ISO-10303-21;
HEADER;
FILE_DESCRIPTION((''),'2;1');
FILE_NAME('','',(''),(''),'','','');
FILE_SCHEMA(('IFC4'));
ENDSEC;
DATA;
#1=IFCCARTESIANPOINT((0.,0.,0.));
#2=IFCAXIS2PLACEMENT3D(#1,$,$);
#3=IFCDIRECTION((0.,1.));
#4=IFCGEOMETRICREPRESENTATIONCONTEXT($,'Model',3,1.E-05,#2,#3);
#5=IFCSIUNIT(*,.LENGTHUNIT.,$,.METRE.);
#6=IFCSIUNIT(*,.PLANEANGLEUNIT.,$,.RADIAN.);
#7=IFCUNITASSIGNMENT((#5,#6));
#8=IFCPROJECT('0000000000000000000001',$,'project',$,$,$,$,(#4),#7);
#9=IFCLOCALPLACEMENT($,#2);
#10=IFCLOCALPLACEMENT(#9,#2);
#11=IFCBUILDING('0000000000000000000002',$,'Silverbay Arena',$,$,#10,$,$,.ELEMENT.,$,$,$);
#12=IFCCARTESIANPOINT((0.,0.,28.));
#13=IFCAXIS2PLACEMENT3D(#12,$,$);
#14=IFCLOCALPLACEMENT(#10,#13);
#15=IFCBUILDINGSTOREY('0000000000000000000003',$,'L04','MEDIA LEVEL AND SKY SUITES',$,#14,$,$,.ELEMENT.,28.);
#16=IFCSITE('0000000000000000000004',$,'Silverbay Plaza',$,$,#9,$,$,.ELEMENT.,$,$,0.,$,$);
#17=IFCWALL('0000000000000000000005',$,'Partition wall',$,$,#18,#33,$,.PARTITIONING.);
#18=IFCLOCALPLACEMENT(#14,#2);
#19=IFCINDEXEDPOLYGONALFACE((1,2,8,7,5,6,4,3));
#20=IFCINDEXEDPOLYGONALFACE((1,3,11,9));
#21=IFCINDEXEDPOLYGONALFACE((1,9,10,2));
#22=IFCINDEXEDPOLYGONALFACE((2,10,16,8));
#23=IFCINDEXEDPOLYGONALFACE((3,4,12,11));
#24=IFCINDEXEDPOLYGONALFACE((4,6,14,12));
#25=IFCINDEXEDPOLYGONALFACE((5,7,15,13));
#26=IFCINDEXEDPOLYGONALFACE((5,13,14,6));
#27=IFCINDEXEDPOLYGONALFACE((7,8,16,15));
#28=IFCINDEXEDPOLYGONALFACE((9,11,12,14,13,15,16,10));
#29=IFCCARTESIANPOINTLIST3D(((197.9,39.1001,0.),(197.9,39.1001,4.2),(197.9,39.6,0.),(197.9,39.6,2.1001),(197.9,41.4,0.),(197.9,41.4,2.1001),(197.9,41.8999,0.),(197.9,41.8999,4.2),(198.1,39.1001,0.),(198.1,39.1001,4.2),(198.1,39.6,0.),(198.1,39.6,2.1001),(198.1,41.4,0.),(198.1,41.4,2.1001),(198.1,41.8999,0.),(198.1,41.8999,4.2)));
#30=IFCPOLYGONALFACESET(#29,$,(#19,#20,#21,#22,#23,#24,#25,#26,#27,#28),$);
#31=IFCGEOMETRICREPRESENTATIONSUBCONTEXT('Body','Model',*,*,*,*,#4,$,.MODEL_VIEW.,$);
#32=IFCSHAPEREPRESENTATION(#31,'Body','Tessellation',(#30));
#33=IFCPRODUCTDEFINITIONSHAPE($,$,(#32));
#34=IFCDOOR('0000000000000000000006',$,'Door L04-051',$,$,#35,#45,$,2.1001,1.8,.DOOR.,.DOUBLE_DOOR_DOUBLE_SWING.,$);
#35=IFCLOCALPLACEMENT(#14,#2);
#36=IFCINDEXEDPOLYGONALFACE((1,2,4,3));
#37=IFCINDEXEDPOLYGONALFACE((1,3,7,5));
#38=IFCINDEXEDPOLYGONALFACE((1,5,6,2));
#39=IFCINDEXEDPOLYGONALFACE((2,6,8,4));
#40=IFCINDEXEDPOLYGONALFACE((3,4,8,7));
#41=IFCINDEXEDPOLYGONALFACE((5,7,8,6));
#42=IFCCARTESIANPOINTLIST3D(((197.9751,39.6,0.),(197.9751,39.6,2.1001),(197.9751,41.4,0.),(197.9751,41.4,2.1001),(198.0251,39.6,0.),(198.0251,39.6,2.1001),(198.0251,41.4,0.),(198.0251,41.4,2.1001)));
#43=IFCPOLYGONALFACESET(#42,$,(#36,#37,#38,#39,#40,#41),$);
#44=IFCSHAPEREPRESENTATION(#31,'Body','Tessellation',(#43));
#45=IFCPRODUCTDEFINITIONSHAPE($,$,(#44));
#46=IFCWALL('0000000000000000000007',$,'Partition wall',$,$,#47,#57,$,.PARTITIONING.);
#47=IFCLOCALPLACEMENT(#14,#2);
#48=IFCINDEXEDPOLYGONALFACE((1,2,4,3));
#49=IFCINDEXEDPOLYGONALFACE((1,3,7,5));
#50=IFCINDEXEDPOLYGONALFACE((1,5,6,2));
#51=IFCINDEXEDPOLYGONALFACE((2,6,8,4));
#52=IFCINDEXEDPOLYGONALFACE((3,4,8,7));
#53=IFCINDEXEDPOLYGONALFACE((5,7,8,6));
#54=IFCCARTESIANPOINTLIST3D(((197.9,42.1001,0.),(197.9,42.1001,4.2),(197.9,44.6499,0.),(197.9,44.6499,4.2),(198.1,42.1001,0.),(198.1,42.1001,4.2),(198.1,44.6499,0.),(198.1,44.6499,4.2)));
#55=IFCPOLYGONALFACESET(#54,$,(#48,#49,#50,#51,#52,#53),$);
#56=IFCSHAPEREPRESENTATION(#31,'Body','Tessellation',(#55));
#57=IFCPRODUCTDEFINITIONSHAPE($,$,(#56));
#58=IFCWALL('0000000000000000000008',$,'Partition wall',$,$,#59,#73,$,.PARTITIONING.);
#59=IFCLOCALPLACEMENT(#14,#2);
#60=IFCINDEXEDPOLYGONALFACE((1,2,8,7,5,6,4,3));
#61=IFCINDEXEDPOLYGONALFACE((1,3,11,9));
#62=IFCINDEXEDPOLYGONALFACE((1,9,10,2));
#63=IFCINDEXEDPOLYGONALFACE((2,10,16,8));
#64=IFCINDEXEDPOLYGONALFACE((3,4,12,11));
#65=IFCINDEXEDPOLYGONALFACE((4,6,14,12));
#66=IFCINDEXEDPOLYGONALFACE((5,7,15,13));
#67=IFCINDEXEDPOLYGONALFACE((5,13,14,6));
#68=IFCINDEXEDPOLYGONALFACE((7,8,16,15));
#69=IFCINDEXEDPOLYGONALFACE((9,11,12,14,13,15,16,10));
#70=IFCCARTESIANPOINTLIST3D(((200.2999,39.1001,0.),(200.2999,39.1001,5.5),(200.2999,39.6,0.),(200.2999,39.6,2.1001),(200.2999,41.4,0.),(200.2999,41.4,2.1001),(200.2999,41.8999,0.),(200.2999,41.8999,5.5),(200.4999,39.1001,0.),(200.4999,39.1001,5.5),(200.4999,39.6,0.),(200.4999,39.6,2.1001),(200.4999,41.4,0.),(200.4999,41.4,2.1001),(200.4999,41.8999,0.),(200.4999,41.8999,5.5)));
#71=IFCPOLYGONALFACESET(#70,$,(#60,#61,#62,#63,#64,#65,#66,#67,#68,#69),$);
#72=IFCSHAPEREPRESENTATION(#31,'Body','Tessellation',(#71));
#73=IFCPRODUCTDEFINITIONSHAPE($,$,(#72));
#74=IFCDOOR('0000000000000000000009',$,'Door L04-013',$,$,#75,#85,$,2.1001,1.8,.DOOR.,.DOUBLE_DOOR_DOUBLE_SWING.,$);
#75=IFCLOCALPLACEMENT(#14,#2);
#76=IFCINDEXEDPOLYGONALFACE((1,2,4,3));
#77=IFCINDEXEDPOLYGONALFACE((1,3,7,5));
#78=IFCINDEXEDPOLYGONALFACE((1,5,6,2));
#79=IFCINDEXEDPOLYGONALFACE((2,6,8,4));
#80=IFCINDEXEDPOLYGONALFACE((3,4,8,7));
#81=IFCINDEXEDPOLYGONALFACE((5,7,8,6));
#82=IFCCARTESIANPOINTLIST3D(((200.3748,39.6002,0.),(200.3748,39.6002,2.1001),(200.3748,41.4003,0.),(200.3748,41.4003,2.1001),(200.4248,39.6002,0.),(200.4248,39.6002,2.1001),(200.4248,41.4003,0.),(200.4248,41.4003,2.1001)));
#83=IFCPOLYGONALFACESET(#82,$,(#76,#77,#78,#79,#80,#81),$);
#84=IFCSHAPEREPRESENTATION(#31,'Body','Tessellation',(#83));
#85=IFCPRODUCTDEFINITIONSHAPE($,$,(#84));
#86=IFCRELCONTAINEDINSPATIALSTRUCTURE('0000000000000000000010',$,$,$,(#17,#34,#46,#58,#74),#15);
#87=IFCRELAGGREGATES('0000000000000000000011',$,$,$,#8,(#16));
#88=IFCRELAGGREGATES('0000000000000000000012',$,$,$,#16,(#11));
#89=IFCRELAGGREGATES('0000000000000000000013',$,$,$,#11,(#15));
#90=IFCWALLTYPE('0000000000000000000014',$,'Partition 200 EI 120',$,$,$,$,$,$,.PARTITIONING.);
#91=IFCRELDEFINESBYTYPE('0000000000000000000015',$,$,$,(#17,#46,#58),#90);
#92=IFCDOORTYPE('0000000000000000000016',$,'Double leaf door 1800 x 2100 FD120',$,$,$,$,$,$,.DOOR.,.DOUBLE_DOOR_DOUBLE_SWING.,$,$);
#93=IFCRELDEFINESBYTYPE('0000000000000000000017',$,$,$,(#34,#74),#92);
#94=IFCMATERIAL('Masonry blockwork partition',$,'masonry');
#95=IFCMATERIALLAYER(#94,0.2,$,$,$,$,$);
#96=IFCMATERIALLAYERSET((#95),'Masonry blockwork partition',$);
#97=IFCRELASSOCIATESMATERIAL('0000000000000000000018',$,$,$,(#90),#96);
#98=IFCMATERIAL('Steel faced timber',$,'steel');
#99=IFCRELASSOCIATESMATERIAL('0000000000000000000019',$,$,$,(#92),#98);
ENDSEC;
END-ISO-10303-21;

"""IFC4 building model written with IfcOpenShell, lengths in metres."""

from ifc_helpers import new_model, si_unit, direction, frame, frame_2d, origin, place, context, subcontext, project, spatial, rectangle, extrude, material, layer, layer_set, type_object, element, fill, save


model = new_model("IFC4")

# Units and contexts
model_context = context("Model", 3, precision=1e-05, world=origin(), true_north=direction((0.0, 1.0)))
body_context = subcontext(model_context, "Body", "Model", "MODEL_VIEW")
ifc_project = project(units=[si_unit("LENGTHUNIT", "METRE"), si_unit("PLANEANGLEUNIT", "RADIAN")], contexts=[model_context])

# Site, building, storey
site_placement = place(None, origin())
site = spatial("IfcSite", under=ifc_project, at=site_placement, Name="Silverbay Plaza", CompositionType="ELEMENT", RefElevation=0.0)
building_placement = place(site_placement, origin())
building = spatial("IfcBuilding", under=site, at=building_placement, Name="Silverbay Arena", CompositionType="ELEMENT")
storey_placement = place(building_placement, frame((0.0, 0.0, 28.0)))
storey = spatial("IfcBuildingStorey", under=building, at=storey_placement, Name="L04", Description="MEDIA LEVEL AND SKY SUITES", CompositionType="ELEMENT", Elevation=28.0)

# Shared definitions
ifc_material_1 = material(Name="Masonry blockwork partition", Category="masonry")
ifc_layer_1 = layer(ifc_material_1, 0.2)
ifc_layer_set_1 = layer_set([ifc_layer_1], Name="Masonry blockwork partition")
wall_type_1 = type_object("IfcWallType", Name="Partition 200 EI 120", PredefinedType="PARTITIONING", material=ifc_layer_set_1)

# Wall, opening, door
wall_1_placement = place(storey_placement, frame((198.0, 39.1001, 0.0), z_axis=(0.0, 0.0, 1.0), x_axis=(0.0, 1.0, 0.0)))
wall_1 = element("IfcWall", 1, at=wall_1_placement, inside=storey, type_object=wall_type_1, Name="Partition wall", PredefinedType="PARTITIONING", context=body_context, shape_type="SweptSolid", body=[
    extrude(rectangle(XDim=2.7998, YDim=0.2, at=frame_2d((1.3999, 0.0))), origin(), (0.0, 0.0, 1.0), 4.2),
])
opening_1_placement = place(wall_1_placement, frame((0.5, 0.0, 0.0)))
opening_1 = element("IfcOpeningElement", 2, at=opening_1_placement, cuts=wall_1, PredefinedType="OPENING", context=body_context, shape_type="SweptSolid", body=[
    extrude(rectangle(XDim=1.8, YDim=2.1001, at=frame_2d((0.8999, 1.05))), frame((0.0, 0.1099, 0.0), z_axis=(0.0, -1.0, 0.0), x_axis=(1.0, 0.0, 0.0)), (0.0, 0.0, 1.0), 0.22),
])
ifc_material_2 = material(Name="Steel faced timber", Category="steel")
door_type = type_object("IfcDoorType", Name="Double leaf door 1800 x 2100 FD120", OperationType="DOUBLE_DOOR_DOUBLE_SWING", PredefinedType="DOOR", material=ifc_material_2)
door_1_placement = place(opening_1_placement, origin())
door_1 = element("IfcDoor", 3, at=door_1_placement, inside=storey, type_object=door_type, Name="Door L04-051", OperationType="DOUBLE_DOOR_DOUBLE_SWING", OverallHeight=2.1001, OverallWidth=1.8, PredefinedType="DOOR", context=body_context, shape_type="SweptSolid", body=[
    extrude(rectangle(XDim=1.8, YDim=2.1001, at=frame_2d((0.8999, 1.05))), frame((0.0, 0.0249, 0.0), z_axis=(0.0, -1.0, 0.0), x_axis=(1.0, 0.0, 0.0)), (0.0, 0.0, 1.0), 0.05),
])
fill(opening_1, door_1)

# Wall
wall_2_placement = place(storey_placement, frame((198.0, 42.1001, 0.0), z_axis=(0.0, 0.0, 1.0), x_axis=(0.0, 1.0, 0.0)))
element("IfcWall", 4, at=wall_2_placement, inside=storey, type_object=wall_type_1, Name="Partition wall", PredefinedType="PARTITIONING", context=body_context, shape_type="SweptSolid", body=[
    extrude(rectangle(XDim=2.5498, YDim=0.2, at=frame_2d((1.2749, 0.0))), origin(), (0.0, 0.0, 1.0), 4.2),
])

# Wall, opening, door
wall_3_placement = place(storey_placement, frame((200.3999, 39.1001, 0.0), z_axis=(0.0, 0.0, 1.0), x_axis=(0.0, 1.0, 0.0)))
wall_3 = element("IfcWall", 5, at=wall_3_placement, inside=storey, type_object=wall_type_1, Name="Partition wall", PredefinedType="PARTITIONING", context=body_context, shape_type="SweptSolid", body=[
    extrude(rectangle(XDim=2.7998, YDim=0.2, at=frame_2d((1.3999, 0.0))), origin(), (0.0, 0.0, 1.0), 5.5),
])
opening_2_placement = place(wall_3_placement, frame((0.5, 0.0, 0.0)))
opening_2 = element("IfcOpeningElement", 6, at=opening_2_placement, cuts=wall_3, PredefinedType="OPENING", context=body_context, shape_type="SweptSolid", body=[
    extrude(rectangle(XDim=1.8, YDim=2.1001, at=frame_2d((0.8999, 1.05))), frame((0.0, 0.1099, 0.0), z_axis=(0.0, -1.0, 0.0), x_axis=(1.0, 0.0, 0.0)), (0.0, 0.0, 1.0), 0.22),
])
door_2_placement = place(opening_2_placement, frame((1.8, 0.0, 0.0), z_axis=(0.0, 0.0, 1.0), x_axis=(-1.0, 0.0, 0.0)))
door_2 = element("IfcDoor", 7, at=door_2_placement, inside=storey, type_object=door_type, Name="Door L04-013", OperationType="DOUBLE_DOOR_DOUBLE_SWING", OverallHeight=2.1001, OverallWidth=1.8, PredefinedType="DOOR", context=body_context, shape_type="SweptSolid", body=[
    extrude(rectangle(XDim=1.8, YDim=2.1001, at=frame_2d((0.8999, 1.05))), frame((0.0, 0.0249, 0.0), z_axis=(0.0, -1.0, 0.0), x_axis=(1.0, 0.0, 0.0)), (0.0, 0.0, 1.0), 0.05),
])
fill(opening_2, door_2)

save(model, "model.ifc")
